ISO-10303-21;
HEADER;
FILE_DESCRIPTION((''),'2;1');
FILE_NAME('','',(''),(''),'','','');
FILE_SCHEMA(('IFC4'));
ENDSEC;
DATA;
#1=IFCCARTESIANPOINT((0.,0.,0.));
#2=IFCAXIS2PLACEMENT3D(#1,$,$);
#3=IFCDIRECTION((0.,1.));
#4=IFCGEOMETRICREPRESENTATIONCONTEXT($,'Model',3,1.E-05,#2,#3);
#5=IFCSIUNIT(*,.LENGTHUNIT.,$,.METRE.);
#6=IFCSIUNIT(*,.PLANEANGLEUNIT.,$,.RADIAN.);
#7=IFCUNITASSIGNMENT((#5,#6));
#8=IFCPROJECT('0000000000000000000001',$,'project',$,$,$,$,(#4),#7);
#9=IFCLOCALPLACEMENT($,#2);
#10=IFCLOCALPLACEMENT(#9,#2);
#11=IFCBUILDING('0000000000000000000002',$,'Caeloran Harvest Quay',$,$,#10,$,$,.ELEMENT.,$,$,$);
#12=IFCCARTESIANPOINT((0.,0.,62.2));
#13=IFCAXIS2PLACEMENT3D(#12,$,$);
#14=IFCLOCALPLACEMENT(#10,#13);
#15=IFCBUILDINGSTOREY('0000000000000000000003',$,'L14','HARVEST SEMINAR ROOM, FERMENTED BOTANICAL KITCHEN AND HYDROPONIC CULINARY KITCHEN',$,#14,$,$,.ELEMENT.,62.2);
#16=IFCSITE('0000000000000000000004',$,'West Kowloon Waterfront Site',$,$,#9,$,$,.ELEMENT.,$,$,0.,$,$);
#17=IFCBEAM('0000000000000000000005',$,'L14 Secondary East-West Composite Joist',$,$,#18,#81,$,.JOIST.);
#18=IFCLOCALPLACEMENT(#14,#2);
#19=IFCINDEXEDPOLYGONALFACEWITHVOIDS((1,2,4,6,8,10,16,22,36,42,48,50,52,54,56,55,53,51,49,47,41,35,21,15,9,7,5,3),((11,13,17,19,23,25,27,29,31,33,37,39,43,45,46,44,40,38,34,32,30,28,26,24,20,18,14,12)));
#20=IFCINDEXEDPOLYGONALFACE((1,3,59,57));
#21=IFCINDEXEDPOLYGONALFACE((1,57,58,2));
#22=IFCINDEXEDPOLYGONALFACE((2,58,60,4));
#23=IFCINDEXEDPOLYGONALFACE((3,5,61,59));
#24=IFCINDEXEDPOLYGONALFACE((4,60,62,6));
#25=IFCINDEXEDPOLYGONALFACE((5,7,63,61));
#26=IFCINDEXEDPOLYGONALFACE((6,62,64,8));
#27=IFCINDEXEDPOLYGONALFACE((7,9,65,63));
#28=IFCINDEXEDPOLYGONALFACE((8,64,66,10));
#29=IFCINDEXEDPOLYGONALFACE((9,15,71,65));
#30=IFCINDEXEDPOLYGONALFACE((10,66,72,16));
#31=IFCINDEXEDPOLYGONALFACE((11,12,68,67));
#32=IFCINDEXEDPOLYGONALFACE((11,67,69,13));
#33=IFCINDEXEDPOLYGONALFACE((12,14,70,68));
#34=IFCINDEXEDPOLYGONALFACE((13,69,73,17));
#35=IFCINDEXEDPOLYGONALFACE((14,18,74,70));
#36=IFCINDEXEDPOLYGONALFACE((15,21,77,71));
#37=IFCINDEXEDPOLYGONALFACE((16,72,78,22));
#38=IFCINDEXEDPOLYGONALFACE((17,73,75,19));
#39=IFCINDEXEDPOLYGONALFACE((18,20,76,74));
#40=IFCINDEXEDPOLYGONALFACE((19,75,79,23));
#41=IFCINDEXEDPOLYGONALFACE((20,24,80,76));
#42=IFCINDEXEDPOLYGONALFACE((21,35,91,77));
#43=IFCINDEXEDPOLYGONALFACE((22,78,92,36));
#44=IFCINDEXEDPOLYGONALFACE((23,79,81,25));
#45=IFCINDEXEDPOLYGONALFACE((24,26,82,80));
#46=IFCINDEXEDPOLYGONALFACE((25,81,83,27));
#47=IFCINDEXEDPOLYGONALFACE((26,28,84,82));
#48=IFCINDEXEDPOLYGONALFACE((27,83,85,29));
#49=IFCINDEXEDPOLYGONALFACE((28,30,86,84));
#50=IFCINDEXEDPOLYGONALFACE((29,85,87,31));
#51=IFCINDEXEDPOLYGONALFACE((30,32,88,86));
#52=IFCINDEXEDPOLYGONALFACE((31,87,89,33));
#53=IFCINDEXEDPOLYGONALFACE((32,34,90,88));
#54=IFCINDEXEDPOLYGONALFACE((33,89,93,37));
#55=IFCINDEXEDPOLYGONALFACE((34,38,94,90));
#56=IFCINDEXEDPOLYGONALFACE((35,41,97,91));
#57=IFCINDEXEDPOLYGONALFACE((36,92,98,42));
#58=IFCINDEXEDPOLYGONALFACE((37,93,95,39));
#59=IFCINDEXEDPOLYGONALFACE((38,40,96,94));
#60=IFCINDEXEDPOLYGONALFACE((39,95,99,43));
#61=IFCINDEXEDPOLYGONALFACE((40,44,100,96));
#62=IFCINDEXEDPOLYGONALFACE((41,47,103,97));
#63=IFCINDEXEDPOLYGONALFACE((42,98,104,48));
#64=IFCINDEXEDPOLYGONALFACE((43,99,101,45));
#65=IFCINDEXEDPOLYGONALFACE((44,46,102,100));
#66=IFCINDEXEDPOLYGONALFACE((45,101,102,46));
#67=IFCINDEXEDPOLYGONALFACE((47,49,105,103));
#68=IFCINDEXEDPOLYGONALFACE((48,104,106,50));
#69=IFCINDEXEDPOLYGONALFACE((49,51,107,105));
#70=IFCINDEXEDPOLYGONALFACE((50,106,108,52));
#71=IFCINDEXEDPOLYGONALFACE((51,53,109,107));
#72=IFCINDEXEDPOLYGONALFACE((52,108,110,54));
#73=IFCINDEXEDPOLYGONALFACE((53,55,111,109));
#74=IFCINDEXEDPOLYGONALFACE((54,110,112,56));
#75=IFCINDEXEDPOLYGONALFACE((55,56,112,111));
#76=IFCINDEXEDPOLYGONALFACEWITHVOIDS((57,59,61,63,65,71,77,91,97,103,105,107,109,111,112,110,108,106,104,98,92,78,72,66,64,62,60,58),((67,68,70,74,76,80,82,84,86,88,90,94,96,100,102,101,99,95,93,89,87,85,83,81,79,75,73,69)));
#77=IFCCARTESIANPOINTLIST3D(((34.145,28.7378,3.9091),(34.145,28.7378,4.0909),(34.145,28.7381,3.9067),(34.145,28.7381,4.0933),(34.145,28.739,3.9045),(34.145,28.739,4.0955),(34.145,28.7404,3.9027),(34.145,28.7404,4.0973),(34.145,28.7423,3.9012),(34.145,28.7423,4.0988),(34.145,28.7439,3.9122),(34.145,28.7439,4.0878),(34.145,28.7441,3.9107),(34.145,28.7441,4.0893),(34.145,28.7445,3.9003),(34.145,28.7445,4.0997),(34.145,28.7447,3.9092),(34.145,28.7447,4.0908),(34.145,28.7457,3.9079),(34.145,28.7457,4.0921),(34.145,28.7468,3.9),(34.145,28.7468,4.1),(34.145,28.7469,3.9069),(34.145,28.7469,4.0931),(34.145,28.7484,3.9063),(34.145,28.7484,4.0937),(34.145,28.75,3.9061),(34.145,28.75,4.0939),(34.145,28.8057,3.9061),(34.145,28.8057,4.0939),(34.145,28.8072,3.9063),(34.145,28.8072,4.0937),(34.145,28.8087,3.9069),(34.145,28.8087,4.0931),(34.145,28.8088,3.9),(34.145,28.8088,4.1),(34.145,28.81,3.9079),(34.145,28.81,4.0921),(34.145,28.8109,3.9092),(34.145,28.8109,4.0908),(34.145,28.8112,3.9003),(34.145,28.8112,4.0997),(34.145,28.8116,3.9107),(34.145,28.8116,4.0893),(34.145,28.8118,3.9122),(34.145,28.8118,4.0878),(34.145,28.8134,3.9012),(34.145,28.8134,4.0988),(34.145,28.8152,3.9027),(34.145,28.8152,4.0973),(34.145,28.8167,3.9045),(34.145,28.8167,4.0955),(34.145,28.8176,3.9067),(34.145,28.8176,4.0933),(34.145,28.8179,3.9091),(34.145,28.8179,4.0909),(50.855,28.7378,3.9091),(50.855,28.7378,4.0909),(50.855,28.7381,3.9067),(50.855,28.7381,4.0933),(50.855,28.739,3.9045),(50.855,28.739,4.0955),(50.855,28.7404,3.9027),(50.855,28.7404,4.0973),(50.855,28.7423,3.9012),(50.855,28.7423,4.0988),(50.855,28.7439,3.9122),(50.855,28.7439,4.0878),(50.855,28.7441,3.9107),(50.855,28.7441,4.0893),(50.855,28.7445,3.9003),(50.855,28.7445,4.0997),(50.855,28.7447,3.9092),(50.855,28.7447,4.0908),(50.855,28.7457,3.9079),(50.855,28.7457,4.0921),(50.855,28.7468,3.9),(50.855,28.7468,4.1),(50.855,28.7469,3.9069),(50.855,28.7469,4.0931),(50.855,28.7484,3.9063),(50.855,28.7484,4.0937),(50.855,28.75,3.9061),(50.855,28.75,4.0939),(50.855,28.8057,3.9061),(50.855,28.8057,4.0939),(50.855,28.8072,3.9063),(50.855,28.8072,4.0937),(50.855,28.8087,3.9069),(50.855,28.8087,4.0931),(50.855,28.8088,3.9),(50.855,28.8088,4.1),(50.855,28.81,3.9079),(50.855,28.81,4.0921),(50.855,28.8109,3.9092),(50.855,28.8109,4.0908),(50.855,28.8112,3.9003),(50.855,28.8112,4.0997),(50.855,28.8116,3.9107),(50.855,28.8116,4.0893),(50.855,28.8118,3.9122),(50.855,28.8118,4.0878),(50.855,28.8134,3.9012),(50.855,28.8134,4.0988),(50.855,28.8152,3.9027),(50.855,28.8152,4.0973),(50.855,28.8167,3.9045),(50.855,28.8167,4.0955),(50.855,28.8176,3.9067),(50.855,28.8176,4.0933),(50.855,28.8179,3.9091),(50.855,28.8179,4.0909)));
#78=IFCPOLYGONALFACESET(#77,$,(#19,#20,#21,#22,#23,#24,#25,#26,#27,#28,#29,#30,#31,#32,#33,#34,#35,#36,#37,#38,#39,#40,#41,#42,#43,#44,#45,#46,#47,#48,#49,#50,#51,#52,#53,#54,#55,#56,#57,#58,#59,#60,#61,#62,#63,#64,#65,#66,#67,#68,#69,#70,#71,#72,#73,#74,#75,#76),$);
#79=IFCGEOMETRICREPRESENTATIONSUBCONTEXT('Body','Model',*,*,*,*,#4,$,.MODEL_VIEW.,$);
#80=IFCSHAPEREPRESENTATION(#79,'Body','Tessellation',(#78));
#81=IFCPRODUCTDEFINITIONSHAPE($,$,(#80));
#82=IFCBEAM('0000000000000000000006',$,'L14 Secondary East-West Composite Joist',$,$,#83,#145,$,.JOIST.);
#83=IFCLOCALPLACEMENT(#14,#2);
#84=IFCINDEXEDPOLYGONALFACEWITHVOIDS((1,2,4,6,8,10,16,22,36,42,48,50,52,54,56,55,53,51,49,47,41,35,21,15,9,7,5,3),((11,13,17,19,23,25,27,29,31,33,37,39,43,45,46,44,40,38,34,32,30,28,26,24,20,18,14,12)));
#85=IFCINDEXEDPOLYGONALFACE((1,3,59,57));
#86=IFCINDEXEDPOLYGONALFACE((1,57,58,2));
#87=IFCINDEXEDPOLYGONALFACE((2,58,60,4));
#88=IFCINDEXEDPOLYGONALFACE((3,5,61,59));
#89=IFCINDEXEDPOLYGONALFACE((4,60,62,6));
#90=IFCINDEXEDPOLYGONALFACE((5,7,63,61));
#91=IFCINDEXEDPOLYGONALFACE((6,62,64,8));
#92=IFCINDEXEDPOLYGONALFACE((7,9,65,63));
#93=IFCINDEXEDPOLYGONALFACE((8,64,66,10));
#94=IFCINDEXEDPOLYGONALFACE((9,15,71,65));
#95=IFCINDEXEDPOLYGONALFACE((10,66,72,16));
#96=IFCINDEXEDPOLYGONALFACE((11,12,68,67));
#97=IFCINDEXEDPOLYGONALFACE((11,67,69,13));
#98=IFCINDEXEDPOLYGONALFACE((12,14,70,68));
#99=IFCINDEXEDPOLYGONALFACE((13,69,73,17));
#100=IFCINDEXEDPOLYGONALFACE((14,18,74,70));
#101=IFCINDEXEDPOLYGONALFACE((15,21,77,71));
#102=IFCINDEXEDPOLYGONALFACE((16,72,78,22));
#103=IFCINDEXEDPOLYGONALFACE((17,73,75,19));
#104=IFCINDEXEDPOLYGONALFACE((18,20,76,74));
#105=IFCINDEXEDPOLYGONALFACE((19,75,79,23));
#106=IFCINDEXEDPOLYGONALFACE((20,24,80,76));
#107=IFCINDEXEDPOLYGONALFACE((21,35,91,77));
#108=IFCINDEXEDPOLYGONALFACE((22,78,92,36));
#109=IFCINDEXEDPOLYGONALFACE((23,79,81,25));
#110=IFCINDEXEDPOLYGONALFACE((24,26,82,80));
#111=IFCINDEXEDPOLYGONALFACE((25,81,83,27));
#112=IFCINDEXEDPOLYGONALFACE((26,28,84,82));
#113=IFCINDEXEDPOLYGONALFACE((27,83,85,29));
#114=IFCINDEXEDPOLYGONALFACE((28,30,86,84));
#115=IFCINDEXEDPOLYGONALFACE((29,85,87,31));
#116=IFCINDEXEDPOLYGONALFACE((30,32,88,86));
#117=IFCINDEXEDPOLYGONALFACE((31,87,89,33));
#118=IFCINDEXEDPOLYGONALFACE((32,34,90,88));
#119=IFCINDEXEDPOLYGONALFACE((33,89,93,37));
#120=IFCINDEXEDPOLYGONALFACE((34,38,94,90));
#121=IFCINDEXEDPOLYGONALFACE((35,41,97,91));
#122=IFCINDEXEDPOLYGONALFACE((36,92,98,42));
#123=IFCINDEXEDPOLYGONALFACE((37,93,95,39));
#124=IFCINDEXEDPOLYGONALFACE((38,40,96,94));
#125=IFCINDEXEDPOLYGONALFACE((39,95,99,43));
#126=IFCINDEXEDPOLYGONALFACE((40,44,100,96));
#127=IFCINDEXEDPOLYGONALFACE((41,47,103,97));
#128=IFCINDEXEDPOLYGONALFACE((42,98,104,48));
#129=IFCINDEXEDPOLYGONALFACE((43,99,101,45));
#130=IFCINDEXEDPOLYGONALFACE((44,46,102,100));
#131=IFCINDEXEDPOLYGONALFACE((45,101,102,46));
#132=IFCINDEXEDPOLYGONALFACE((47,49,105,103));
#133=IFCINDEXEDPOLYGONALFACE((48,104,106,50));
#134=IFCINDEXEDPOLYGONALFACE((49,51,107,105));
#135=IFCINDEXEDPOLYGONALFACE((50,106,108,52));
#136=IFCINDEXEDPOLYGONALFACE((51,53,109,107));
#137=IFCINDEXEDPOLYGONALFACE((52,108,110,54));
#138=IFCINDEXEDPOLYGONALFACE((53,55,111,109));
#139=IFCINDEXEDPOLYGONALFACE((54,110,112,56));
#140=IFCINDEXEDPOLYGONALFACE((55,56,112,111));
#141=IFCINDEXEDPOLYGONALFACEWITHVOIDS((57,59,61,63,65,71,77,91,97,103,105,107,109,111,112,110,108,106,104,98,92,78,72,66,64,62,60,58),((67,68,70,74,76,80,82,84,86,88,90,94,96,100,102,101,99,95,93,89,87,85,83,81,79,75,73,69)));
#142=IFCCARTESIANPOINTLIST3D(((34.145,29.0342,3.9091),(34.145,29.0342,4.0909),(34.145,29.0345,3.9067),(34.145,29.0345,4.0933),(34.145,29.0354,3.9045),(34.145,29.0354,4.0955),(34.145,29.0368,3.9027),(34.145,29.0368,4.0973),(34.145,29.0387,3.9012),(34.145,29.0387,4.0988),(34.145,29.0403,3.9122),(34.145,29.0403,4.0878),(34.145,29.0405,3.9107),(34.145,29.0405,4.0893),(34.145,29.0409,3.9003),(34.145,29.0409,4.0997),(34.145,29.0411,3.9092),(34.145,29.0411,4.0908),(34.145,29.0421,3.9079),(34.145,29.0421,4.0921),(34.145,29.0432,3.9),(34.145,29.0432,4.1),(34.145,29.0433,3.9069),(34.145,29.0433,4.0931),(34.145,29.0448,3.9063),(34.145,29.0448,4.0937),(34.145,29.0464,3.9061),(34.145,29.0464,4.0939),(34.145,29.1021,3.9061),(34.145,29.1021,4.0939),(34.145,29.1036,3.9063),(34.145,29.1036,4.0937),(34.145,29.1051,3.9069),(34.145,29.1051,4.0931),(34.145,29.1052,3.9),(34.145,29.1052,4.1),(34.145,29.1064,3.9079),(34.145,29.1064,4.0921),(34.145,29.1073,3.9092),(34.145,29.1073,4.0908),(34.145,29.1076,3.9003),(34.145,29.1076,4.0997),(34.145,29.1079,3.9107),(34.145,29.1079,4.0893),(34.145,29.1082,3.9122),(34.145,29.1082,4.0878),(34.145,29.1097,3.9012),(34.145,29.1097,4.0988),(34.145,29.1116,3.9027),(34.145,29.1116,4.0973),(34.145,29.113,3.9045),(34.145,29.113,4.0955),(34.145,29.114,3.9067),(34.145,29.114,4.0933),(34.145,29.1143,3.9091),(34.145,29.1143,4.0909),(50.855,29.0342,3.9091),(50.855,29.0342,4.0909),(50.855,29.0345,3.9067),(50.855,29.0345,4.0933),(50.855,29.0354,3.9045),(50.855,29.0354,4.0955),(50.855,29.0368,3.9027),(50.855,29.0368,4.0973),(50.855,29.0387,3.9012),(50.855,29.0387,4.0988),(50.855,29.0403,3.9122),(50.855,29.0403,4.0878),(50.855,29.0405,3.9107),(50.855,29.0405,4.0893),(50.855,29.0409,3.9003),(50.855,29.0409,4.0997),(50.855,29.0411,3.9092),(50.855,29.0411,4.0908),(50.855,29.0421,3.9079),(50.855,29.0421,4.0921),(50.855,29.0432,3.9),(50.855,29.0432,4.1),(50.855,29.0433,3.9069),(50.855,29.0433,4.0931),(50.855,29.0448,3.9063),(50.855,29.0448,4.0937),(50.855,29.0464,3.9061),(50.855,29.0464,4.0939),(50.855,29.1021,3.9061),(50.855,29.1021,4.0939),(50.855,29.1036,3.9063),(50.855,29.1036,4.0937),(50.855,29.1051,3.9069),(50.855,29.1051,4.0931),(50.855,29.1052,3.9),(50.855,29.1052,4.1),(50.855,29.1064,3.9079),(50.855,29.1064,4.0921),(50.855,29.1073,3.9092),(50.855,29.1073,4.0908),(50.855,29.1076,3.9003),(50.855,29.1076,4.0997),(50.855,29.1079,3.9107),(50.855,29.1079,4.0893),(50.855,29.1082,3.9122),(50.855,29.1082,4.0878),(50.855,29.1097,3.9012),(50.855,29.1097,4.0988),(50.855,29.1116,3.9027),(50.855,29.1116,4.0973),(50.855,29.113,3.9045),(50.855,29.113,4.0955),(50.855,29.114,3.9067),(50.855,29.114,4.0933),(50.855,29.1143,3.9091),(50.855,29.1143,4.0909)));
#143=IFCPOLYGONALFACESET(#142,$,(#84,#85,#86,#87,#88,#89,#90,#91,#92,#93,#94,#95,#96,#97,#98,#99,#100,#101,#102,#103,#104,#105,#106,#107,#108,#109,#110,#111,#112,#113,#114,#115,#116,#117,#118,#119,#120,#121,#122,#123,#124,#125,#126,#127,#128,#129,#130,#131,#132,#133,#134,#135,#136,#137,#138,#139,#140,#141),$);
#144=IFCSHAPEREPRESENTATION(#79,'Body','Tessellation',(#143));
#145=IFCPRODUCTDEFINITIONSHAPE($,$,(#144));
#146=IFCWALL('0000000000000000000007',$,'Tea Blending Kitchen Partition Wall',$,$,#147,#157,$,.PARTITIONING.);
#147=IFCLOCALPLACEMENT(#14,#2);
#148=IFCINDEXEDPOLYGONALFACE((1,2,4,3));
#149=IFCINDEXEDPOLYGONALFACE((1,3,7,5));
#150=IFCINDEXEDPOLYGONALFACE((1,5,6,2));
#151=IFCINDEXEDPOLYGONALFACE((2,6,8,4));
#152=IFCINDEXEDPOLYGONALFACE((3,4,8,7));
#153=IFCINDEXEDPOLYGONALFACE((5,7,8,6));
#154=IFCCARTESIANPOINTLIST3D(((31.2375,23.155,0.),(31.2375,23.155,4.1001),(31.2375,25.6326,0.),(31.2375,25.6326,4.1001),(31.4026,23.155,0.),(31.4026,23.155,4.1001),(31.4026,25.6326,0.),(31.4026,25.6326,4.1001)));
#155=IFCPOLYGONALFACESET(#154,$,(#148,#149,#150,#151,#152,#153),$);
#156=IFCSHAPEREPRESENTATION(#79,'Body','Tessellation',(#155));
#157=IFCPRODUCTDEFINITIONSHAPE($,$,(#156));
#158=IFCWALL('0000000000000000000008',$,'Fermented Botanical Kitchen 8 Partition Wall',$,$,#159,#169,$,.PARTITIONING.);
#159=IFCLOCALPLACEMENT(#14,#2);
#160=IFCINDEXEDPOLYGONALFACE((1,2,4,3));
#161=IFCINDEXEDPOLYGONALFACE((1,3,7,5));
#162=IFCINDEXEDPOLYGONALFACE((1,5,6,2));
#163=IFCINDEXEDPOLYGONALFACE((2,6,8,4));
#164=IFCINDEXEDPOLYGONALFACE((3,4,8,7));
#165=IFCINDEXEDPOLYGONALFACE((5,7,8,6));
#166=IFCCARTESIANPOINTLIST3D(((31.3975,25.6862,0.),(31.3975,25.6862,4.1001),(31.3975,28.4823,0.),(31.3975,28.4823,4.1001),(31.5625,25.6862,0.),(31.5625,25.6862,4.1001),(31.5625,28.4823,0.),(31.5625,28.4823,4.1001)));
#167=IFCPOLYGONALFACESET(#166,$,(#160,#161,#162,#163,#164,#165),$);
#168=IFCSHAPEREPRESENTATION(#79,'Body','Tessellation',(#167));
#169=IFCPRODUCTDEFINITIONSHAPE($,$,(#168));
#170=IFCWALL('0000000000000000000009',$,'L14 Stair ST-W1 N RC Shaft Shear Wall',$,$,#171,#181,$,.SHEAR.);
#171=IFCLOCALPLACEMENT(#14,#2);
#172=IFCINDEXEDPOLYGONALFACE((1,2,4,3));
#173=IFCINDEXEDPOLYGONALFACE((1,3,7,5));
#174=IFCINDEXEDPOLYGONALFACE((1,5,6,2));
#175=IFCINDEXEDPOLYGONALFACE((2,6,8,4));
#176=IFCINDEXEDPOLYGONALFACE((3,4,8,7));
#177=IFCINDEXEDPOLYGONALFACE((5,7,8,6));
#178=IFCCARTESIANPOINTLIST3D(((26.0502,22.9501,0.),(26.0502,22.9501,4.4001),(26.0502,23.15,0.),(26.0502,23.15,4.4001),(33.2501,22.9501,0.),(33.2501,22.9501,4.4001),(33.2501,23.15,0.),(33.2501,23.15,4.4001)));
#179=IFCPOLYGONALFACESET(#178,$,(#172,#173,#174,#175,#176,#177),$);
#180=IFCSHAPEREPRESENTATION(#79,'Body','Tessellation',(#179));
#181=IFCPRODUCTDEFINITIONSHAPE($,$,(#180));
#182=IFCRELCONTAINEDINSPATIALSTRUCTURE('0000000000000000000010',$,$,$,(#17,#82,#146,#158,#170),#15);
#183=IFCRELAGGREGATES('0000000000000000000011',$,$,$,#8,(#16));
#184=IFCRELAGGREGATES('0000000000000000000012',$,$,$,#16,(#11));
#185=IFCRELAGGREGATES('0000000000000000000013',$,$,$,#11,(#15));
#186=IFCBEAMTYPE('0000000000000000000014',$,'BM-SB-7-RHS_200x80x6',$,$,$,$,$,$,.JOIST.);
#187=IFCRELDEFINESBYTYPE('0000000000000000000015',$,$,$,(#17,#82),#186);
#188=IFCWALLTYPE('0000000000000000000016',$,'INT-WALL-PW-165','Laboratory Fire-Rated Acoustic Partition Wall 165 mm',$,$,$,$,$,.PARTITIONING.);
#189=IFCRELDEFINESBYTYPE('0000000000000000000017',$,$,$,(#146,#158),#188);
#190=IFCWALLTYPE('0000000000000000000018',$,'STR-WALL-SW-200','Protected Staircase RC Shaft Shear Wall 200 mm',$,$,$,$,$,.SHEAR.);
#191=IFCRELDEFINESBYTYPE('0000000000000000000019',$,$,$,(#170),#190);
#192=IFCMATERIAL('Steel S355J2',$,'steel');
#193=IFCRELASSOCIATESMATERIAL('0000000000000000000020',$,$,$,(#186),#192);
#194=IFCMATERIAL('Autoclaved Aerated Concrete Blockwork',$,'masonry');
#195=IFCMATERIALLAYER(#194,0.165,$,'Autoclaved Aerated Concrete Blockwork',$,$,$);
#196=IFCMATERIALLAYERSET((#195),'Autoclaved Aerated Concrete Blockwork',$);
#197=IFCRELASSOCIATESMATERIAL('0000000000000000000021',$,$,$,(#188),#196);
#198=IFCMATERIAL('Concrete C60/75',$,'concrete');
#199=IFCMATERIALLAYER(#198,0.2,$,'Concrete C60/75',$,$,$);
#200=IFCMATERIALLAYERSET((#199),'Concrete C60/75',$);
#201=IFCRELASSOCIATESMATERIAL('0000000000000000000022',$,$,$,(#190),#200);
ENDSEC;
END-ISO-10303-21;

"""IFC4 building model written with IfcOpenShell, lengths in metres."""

from ifc_helpers import new_model, si_unit, direction, frame, frame_2d, origin, origin_2d, place, context, subcontext, project, spatial, rectangle, hollow_rectangle, extrude, material, layer, layer_set, material_profile, profile_set, type_object, element, save


model = new_model("IFC4")

# Units and contexts
model_context = context("Model", 3, precision=1e-05, world=origin(), true_north=direction((0.0, 1.0)))
body_context = subcontext(model_context, "Body", "Model", "MODEL_VIEW")
ifc_project = project(units=[si_unit("LENGTHUNIT", "METRE"), si_unit("PLANEANGLEUNIT", "RADIAN")], contexts=[model_context])

# Site, building, storey
site_placement = place(None, origin())
site = spatial("IfcSite", under=ifc_project, at=site_placement, Name="West Kowloon Waterfront Site", CompositionType="ELEMENT", RefElevation=0.0)
building_placement = place(site_placement, origin())
building = spatial("IfcBuilding", under=site, at=building_placement, Name="Caeloran Harvest Quay", CompositionType="ELEMENT")
storey_placement = place(building_placement, frame((0.0, 0.0, 62.2)))
storey = spatial("IfcBuildingStorey", under=building, at=storey_placement, Name="L14", Description="HARVEST SEMINAR ROOM, FERMENTED BOTANICAL KITCHEN AND HYDROPONIC CULINARY KITCHEN", CompositionType="ELEMENT", Elevation=62.2)

# Beams
ifc_material_1 = material(Name="Steel S355J2", Category="steel")
ifc_material_profile_1 = material_profile(ifc_material_1, hollow_rectangle(XDim=0.0801, YDim=0.2, WallThickness=0.0061, InnerFilletRadius=0.0061, OuterFilletRadius=0.009, at=origin_2d()), Name="RHS 200x80x6")
ifc_profile_set_1 = profile_set([ifc_material_profile_1], Name="Steel S355J2")
beam_type_1 = type_object("IfcBeamType", Name="BM-SB-7-RHS_200x80x6", PredefinedType="JOIST", material=ifc_profile_set_1)
for number, where, z_axis, x_axis, name in (
    (1, (34.145, 28.7778, 4.0), (1.0, 0.0, 0.0), (0.0, 1.0, 0.0), "L14 Secondary East-West Composite Joist"),
    (2, (34.145, 29.0742, 4.0), (1.0, 0.0, 0.0), (0.0, 1.0, 0.0), "L14 Secondary East-West Composite Joist"),
):
    element("IfcBeam", number, at=place(storey_placement, frame(where, z_axis=z_axis, x_axis=x_axis)), inside=storey, type_object=beam_type_1, Name=name, PredefinedType="JOIST", context=body_context, shape_type="SweptSolid", body=[
        extrude(hollow_rectangle(XDim=0.0801, YDim=0.2, WallThickness=0.0061, InnerFilletRadius=0.0061, OuterFilletRadius=0.009, at=origin_2d()), origin(), (0.0, 0.0, 1.0), 16.71),
    ])

# Wall
ifc_material_2 = material(Name="Autoclaved Aerated Concrete Blockwork", Category="masonry")
ifc_layer_1 = layer(ifc_material_2, 0.165, Name="Autoclaved Aerated Concrete Blockwork")
ifc_layer_set_1 = layer_set([ifc_layer_1], Name="Autoclaved Aerated Concrete Blockwork")
wall_type_1 = type_object("IfcWallType", Name="INT-WALL-PW-165", Description="Laboratory Fire-Rated Acoustic Partition Wall 165 mm", PredefinedType="PARTITIONING", material=ifc_layer_set_1)
wall_1_placement = place(storey_placement, frame((31.3201, 25.6326, 0.0), z_axis=(0.0, 0.0, 1.0), x_axis=(0.0, -1.0, 0.0)))
element("IfcWall", 3, at=wall_1_placement, inside=storey, type_object=wall_type_1, Name="Tea Blending Kitchen Partition Wall", PredefinedType="PARTITIONING", context=body_context, shape_type="SweptSolid", body=[
    extrude(rectangle(XDim=2.4775, YDim=0.165, at=frame_2d((1.2388, 0.0))), origin(), (0.0, 0.0, 1.0), 4.1001),
])

# Walls
wall_2_placement = place(storey_placement, frame((31.48, 25.6863, 0.0), z_axis=(0.0, 0.0, 1.0), x_axis=(0.0, 1.0, 0.0)))
element("IfcWall", 4, at=wall_2_placement, inside=storey, type_object=wall_type_1, Name="Fermented Botanical Kitchen 8 Partition Wall", PredefinedType="PARTITIONING", context=body_context, shape_type="SweptSolid", body=[
    extrude(rectangle(XDim=2.7961, YDim=0.165, at=frame_2d((1.3979, 0.0))), origin(), (0.0, 0.0, 1.0), 4.1001),
])
ifc_material_3 = material(Name="Concrete C60/75", Category="concrete")
ifc_layer_2 = layer(ifc_material_3, 0.2, Name="Concrete C60/75")
ifc_layer_set_2 = layer_set([ifc_layer_2], Name="Concrete C60/75")
wall_type_2 = type_object("IfcWallType", Name="STR-WALL-SW-200", Description="Protected Staircase RC Shaft Shear Wall 200 mm", PredefinedType="SHEAR", material=ifc_layer_set_2)
wall_3_placement = place(storey_placement, frame((26.05, 23.05, 0.0), z_axis=(0.0, 0.0, 1.0), x_axis=(1.0, 0.0, 0.0)))
element("IfcWall", 5, at=wall_3_placement, inside=storey, type_object=wall_type_2, Name="L14 Stair ST-W1 N RC Shaft Shear Wall", PredefinedType="SHEAR", context=body_context, shape_type="SweptSolid", body=[
    extrude(rectangle(XDim=7.2, YDim=0.2, at=frame_2d((3.6001, 0.0))), origin(), (0.0, 0.0, 1.0), 4.4001),
])

save(model, "model.ifc")
